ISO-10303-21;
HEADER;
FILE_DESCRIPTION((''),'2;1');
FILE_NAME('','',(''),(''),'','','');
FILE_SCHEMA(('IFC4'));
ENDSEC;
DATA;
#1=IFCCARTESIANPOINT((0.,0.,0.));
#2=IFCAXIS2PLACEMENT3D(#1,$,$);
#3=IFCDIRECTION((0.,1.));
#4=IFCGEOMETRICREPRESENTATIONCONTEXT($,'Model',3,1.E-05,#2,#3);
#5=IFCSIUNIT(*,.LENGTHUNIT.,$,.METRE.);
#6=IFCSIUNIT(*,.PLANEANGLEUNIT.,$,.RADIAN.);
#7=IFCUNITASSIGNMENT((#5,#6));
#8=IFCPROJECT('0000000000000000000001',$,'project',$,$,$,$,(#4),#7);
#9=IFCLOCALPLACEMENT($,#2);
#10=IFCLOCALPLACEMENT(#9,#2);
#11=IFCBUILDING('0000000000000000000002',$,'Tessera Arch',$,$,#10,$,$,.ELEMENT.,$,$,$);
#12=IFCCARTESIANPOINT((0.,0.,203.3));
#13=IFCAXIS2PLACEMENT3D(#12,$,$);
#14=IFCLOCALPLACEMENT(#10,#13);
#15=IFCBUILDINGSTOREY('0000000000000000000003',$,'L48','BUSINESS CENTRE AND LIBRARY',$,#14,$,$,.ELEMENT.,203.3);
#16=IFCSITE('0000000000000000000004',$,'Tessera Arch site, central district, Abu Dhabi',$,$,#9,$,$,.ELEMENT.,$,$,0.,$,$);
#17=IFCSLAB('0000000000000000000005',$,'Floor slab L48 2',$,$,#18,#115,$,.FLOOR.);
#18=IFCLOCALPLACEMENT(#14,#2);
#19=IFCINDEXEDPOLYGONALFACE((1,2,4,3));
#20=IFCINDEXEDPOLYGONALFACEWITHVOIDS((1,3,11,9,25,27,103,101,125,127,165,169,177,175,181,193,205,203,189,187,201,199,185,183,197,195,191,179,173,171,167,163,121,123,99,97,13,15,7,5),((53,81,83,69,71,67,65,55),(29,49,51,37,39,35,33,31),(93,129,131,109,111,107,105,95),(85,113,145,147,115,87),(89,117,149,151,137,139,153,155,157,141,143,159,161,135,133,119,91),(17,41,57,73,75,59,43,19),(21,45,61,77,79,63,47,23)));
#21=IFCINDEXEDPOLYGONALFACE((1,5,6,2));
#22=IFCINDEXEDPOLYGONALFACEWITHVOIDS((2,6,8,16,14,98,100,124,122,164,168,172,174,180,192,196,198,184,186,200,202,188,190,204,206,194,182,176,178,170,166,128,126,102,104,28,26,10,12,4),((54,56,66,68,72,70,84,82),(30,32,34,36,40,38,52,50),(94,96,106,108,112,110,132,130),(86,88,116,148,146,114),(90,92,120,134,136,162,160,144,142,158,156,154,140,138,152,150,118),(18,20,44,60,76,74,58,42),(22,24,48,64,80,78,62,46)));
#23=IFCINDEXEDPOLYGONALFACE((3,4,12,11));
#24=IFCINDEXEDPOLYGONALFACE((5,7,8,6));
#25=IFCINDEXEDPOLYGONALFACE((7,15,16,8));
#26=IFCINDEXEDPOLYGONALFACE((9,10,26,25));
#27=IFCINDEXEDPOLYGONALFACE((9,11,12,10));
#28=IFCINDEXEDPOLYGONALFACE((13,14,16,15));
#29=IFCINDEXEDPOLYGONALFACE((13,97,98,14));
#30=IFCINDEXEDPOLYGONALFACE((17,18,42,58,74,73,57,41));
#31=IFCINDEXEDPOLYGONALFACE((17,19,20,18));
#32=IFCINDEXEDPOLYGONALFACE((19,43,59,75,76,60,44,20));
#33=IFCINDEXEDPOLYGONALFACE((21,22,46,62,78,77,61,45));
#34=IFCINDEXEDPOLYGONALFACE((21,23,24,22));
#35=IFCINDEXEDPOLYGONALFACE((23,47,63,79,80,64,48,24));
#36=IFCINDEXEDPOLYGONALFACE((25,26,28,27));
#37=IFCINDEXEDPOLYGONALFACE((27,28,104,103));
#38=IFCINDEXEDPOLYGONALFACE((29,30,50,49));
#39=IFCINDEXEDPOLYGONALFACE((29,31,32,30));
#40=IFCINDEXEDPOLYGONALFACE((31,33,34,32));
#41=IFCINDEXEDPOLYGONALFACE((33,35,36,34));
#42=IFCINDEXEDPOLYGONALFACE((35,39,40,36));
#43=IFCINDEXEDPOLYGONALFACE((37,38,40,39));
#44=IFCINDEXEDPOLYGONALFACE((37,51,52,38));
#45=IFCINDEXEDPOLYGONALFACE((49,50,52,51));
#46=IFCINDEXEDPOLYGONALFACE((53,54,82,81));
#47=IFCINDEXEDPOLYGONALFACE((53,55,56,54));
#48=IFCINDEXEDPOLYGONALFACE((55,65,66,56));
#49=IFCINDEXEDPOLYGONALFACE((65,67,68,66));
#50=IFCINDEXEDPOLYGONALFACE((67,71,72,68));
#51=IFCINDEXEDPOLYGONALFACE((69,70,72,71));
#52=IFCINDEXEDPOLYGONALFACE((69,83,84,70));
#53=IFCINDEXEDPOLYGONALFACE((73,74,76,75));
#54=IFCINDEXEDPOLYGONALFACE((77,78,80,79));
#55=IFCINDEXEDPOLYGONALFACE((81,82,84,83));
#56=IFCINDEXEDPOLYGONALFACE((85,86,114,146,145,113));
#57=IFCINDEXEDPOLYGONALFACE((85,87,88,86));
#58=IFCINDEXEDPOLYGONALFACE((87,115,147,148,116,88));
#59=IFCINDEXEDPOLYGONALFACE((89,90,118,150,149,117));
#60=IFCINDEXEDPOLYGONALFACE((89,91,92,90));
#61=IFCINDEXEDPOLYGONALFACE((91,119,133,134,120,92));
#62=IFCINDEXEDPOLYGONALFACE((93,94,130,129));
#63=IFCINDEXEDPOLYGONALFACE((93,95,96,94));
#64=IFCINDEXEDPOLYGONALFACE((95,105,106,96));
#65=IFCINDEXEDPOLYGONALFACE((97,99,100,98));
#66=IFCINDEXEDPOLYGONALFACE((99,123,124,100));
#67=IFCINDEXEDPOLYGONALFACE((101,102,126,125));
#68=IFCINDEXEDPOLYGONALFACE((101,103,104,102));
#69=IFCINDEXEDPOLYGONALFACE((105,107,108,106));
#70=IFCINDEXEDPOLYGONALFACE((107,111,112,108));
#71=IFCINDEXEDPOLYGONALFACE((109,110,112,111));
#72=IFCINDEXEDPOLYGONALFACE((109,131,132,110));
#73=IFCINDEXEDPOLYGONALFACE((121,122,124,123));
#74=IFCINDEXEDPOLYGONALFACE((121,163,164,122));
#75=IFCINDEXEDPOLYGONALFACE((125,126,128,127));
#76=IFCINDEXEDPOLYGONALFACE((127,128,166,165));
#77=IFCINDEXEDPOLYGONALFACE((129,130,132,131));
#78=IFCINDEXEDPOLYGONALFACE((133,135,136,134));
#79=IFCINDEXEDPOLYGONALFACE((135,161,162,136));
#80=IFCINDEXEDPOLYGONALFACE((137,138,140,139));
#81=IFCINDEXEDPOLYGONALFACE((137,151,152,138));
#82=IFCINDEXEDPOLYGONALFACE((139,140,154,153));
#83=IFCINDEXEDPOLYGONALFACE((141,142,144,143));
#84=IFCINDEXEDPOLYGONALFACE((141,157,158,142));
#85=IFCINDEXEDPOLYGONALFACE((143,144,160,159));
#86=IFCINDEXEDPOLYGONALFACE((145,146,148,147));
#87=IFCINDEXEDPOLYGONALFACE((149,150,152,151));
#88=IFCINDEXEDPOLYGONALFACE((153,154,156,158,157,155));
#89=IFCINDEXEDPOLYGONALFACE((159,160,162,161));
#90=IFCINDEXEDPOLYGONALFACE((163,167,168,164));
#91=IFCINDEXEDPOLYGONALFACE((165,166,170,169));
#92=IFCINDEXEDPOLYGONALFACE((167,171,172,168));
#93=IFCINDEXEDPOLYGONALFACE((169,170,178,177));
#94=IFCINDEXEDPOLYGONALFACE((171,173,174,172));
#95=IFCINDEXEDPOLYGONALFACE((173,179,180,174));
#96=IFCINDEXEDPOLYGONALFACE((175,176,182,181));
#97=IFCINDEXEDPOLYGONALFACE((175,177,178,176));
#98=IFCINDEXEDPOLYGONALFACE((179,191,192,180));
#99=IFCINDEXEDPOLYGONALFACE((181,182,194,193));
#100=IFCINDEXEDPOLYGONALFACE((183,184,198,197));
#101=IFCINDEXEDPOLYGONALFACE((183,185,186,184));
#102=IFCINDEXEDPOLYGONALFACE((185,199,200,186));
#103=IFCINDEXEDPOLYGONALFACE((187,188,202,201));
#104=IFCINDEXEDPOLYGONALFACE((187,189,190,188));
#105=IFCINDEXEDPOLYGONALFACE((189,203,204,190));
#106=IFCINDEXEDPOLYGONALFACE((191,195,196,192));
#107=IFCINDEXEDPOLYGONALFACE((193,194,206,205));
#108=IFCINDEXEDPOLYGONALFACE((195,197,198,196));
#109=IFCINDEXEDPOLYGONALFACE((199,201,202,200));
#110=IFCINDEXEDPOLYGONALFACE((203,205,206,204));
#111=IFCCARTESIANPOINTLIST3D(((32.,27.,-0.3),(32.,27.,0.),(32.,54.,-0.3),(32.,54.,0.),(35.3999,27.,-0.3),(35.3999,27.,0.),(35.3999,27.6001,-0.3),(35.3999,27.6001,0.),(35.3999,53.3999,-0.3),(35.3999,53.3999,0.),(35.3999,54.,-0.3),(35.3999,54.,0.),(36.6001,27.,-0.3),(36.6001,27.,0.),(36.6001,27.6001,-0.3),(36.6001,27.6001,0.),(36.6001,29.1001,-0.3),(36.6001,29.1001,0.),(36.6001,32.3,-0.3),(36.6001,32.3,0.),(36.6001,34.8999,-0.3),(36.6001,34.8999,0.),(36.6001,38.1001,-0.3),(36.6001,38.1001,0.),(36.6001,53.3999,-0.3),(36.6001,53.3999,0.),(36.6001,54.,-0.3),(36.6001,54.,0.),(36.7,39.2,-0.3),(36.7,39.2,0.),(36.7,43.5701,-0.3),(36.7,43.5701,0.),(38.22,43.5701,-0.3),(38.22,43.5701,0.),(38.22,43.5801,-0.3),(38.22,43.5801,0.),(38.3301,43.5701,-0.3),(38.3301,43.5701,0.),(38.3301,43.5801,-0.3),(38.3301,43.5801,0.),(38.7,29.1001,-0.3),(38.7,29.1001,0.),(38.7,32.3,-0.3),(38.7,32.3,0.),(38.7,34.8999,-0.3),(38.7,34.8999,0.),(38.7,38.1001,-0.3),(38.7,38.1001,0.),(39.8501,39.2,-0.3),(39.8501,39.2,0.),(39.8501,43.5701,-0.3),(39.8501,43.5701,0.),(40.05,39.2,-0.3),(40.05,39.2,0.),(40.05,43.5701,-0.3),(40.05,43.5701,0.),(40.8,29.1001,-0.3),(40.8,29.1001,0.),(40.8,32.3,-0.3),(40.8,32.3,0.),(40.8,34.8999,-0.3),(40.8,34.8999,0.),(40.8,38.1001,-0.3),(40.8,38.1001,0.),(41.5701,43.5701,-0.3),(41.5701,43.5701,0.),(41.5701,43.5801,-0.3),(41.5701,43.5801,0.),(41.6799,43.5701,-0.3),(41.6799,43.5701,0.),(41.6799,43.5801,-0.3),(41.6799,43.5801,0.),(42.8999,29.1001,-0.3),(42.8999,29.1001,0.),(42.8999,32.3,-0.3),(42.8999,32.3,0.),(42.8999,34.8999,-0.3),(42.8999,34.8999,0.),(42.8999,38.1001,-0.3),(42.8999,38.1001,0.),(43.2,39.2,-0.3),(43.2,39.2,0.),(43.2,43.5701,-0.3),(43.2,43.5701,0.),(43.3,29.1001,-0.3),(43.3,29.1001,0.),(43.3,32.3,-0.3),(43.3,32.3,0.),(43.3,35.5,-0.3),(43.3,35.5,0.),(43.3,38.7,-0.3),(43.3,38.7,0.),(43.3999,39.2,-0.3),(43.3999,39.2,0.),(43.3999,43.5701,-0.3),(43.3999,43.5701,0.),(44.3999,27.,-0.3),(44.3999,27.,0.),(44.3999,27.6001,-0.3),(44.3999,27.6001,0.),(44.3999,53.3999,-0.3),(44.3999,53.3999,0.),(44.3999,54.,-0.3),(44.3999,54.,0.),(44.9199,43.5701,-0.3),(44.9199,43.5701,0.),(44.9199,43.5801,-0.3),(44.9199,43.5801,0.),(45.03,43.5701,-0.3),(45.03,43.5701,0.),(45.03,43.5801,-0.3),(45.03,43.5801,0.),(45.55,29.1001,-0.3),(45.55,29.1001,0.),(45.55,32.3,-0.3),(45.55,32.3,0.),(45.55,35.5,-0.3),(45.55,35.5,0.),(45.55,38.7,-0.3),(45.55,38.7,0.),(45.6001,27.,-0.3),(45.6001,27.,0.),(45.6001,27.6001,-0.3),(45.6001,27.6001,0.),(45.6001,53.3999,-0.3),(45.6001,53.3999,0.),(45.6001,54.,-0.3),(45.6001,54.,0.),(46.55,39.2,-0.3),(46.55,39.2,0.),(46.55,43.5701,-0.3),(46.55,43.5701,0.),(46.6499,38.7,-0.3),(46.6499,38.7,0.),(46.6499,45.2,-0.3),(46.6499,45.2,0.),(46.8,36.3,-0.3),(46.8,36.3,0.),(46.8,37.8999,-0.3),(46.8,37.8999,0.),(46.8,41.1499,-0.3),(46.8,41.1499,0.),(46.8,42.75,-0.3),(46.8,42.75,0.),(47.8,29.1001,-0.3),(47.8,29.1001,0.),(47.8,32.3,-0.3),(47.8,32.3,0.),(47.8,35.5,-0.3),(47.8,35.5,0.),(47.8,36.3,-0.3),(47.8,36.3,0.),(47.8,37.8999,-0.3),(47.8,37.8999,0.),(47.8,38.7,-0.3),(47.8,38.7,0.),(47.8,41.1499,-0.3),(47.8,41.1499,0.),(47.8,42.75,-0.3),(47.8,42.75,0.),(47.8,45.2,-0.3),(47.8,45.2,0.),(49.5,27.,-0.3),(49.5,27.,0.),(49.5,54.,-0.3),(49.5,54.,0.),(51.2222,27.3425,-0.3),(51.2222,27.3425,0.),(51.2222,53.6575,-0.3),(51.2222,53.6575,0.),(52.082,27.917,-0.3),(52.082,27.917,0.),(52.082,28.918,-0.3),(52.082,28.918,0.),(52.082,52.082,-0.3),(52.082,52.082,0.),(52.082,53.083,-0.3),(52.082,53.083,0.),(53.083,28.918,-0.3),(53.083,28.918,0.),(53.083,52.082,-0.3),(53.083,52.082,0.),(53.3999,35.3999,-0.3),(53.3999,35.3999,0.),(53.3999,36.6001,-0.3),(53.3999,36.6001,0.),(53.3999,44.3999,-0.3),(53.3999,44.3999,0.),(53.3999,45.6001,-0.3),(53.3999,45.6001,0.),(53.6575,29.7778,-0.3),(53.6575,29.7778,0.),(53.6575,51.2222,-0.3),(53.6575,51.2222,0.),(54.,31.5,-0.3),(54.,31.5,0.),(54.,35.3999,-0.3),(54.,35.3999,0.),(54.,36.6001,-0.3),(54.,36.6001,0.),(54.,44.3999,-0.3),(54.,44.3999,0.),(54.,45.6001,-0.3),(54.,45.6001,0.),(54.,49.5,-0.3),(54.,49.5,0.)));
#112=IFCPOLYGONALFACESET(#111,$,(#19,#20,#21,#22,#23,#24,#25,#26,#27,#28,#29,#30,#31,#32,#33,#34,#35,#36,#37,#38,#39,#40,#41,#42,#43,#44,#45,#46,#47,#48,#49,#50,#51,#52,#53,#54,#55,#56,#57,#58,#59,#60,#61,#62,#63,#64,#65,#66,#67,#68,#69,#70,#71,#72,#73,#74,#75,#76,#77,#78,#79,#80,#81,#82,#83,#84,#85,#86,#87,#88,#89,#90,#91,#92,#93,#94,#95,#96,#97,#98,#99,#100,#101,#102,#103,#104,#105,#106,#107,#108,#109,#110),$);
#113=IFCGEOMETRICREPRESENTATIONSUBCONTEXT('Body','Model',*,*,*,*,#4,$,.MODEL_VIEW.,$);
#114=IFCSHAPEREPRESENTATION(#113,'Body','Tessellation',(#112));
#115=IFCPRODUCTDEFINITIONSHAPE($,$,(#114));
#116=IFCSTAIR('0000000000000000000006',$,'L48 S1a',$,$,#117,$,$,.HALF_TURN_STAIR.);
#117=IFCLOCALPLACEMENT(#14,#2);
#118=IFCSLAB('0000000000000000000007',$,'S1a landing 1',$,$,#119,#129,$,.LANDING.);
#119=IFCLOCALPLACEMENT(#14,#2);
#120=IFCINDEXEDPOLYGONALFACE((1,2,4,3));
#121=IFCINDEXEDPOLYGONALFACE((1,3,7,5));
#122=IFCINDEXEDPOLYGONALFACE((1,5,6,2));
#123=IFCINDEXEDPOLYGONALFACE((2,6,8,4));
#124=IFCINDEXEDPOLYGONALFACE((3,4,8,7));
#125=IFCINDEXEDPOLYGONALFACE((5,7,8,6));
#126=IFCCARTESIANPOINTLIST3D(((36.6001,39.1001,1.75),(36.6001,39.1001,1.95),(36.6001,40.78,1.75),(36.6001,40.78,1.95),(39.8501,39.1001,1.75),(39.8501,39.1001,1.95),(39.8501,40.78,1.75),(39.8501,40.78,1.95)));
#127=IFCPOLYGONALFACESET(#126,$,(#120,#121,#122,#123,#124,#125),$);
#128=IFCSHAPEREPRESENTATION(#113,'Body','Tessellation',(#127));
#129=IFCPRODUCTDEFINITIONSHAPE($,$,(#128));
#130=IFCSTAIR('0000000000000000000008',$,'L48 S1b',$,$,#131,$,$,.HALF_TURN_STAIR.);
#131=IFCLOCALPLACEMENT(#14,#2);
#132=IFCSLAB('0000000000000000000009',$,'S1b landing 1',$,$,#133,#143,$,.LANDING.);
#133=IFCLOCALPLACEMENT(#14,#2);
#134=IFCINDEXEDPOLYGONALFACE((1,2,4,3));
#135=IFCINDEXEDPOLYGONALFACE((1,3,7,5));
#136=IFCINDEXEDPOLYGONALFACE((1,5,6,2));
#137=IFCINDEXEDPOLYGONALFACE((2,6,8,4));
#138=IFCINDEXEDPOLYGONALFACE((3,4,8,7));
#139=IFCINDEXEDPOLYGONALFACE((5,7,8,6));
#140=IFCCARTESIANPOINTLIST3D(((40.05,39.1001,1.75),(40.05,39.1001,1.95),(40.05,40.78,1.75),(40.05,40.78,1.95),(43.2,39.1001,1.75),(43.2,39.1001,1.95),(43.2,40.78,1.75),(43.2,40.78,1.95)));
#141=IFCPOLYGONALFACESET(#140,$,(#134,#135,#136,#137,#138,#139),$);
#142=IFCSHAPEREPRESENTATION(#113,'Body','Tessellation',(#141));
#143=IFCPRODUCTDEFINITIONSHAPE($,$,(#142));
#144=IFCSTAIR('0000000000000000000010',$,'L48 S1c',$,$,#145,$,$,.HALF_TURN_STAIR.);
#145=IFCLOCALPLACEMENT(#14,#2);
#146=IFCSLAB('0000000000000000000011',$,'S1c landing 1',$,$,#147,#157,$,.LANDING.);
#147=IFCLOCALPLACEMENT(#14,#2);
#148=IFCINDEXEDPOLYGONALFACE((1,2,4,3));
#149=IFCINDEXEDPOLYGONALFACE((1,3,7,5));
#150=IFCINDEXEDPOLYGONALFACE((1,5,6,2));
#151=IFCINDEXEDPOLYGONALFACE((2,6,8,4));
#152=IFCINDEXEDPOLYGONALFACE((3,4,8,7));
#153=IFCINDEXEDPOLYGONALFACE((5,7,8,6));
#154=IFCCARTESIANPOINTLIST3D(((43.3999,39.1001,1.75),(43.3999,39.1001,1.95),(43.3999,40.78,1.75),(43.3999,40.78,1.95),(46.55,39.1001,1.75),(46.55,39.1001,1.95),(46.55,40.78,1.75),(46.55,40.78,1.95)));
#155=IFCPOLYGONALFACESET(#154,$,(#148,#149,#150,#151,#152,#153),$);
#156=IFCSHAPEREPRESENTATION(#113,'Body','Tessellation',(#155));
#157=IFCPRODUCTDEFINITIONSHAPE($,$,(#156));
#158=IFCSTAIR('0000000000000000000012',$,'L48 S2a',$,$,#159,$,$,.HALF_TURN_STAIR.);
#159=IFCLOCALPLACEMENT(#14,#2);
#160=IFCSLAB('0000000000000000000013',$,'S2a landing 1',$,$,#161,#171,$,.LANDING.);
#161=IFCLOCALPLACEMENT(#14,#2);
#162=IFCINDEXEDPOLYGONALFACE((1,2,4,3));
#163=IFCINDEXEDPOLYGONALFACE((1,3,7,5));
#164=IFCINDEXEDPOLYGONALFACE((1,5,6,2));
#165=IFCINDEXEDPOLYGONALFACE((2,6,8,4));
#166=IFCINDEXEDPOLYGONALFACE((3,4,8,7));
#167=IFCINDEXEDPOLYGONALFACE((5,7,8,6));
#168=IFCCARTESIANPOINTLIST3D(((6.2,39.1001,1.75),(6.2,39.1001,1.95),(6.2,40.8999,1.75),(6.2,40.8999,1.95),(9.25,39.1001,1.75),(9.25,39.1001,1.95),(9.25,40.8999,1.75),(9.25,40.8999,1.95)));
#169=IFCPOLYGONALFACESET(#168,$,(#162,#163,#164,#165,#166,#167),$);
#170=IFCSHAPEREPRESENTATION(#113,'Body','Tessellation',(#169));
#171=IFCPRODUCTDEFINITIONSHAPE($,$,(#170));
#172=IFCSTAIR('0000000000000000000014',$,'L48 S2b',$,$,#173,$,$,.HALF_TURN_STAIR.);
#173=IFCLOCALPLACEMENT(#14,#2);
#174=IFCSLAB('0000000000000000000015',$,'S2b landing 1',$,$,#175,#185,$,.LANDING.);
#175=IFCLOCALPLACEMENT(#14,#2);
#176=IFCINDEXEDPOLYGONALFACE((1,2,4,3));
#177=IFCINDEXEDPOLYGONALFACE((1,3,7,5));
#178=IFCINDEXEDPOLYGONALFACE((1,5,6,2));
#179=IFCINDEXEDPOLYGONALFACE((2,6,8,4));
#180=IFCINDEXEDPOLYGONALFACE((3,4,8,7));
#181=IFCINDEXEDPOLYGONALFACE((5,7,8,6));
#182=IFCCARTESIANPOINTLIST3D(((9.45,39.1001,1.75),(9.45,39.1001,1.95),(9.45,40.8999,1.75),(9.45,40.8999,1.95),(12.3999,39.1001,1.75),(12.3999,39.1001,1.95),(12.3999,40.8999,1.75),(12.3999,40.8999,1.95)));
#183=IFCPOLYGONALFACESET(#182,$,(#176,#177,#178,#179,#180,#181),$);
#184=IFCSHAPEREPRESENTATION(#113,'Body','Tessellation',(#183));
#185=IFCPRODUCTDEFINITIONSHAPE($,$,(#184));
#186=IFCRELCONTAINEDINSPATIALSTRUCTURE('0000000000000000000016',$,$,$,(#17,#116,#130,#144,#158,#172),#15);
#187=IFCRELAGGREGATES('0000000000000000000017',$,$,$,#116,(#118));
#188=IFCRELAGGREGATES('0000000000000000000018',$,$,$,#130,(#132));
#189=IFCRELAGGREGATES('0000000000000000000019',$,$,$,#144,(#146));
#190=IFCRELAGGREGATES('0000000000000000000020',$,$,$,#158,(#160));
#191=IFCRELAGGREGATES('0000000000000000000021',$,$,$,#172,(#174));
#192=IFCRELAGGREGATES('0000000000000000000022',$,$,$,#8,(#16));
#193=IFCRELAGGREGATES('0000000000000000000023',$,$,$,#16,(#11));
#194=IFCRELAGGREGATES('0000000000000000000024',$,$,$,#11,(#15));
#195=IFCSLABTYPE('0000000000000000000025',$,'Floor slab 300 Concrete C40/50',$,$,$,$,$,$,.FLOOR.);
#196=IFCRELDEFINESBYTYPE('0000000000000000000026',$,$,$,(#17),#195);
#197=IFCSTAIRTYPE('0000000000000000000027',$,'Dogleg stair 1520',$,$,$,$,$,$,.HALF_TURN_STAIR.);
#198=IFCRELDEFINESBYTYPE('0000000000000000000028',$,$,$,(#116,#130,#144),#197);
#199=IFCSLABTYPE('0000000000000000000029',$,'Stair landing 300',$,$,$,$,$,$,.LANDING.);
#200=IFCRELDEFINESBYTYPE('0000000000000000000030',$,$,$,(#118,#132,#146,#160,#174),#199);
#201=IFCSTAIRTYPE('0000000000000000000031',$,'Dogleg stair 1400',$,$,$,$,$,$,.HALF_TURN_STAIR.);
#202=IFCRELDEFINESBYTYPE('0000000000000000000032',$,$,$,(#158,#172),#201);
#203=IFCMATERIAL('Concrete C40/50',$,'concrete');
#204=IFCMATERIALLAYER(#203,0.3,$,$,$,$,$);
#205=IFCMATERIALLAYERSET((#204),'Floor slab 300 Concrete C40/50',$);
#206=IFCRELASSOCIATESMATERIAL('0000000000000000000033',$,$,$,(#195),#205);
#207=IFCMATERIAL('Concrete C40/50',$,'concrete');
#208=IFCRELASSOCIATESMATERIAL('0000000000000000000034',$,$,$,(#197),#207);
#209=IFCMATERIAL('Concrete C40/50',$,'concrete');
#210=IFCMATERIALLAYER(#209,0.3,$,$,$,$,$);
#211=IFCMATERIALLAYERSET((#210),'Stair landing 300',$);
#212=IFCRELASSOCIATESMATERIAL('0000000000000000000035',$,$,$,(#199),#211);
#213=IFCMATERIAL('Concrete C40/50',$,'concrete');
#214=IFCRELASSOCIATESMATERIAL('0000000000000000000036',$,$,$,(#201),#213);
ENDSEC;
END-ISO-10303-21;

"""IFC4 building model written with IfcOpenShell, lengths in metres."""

from ifc_helpers import new_model, si_unit, direction, frame, origin, place, context, subcontext, project, spatial, polyline, outline, extrude, material, layer, layer_set, type_object, element, aggregate, save


model = new_model("IFC4")

# Units and contexts
model_context = context("Model", 3, precision=1e-05, world=origin(), true_north=direction((0.0, 1.0)))
body_context = subcontext(model_context, "Body", "Model", "MODEL_VIEW")
ifc_project = project(units=[si_unit("LENGTHUNIT", "METRE"), si_unit("PLANEANGLEUNIT", "RADIAN")], contexts=[model_context])

# Site, building, storey
site_placement = place(None, origin())
site = spatial("IfcSite", under=ifc_project, at=site_placement, Name="Tessera Arch site, central district, Abu Dhabi", CompositionType="ELEMENT", RefElevation=0.0)
building_placement = place(site_placement, origin())
building = spatial("IfcBuilding", under=site, at=building_placement, Name="Tessera Arch", CompositionType="ELEMENT")
storey_placement = place(building_placement, frame((0.0, 0.0, 203.3)))
storey = spatial("IfcBuildingStorey", under=building, at=storey_placement, Name="L48", Description="BUSINESS CENTRE AND LIBRARY", CompositionType="ELEMENT", Elevation=203.3)

# Slab
ifc_material_1 = material(Name="Concrete C40/50", Category="concrete")
ifc_layer_1 = layer(ifc_material_1, 0.3)
ifc_layer_set_1 = layer_set([ifc_layer_1], Name="Floor slab 300 Concrete C40/50")
slab_type_1 = type_object("IfcSlabType", Name="Floor slab 300 Concrete C40/50", PredefinedType="FLOOR", material=ifc_layer_set_1)
slab_1_placement = place(storey_placement, frame((0.0, 0.0, -0.3)))
element("IfcSlab", 1, at=slab_1_placement, inside=storey, type_object=slab_type_1, Name="Floor slab L48 2", PredefinedType="FLOOR", context=body_context, shape_type="SweptSolid", body=[
    extrude(outline(polyline([(51.2222, 53.6575), (52.082, 53.083), (52.082, 52.082), (53.083, 52.082), (53.6575, 51.2222), (54.0, 49.5), (54.0, 45.6001), (53.3999, 45.6001), (53.3999, 44.3999), (54.0, 44.3999), (54.0, 36.6001), (53.3999, 36.6001), (53.3999, 35.3999), (54.0, 35.3999), (54.0, 31.5), (53.6575, 29.7778), (53.083, 28.918), (52.082, 28.918), (52.082, 27.917), (51.2222, 27.3425), (49.5, 27.0), (45.6001, 27.0), (45.6001, 27.6001), (44.3999, 27.6001), (44.3999, 27.0), (36.6001, 27.0), (36.6001, 27.6001), (35.3999, 27.6001), (35.3999, 27.0), (32.0, 27.0), (32.0, 54.0), (35.3999, 54.0), (35.3999, 53.3999), (36.6001, 53.3999), (36.6001, 54.0), (44.3999, 54.0), (44.3999, 53.3999), (45.6001, 53.3999), (45.6001, 54.0), (49.5, 54.0), (51.2222, 53.6575)]), holes=[polyline([(36.6001, 29.1001), (38.7, 29.1001), (40.8, 29.1001), (42.8999, 29.1001), (42.8999, 32.3), (40.8, 32.3), (38.7, 32.3), (36.6001, 32.3), (36.6001, 29.1001)]), polyline([(47.8, 32.3), (45.55, 32.3), (43.3, 32.3), (43.3, 29.1001), (45.55, 29.1001), (47.8, 29.1001), (47.8, 32.3)]), polyline([(42.8999, 34.8999), (42.8999, 38.1001), (40.8, 38.1001), (38.7, 38.1001), (36.6001, 38.1001), (36.6001, 34.8999), (38.7, 34.8999), (40.8, 34.8999), (42.8999, 34.8999)]), polyline([(47.8, 41.1499), (46.8, 41.1499), (46.8, 42.75), (47.8, 42.75), (47.8, 45.2), (46.6499, 45.2), (46.6499, 38.7), (45.55, 38.7), (43.3, 38.7), (43.3, 35.5), (45.55, 35.5), (47.8, 35.5), (47.8, 36.3), (46.8, 36.3), (46.8, 37.8999), (47.8, 37.8999), (47.8, 38.7), (47.8, 41.1499)]), polyline([(36.7, 43.5701), (36.7, 39.2), (39.8501, 39.2), (39.8501, 43.5701), (38.3301, 43.5701), (38.3301, 43.5801), (38.22, 43.5801), (38.22, 43.5701), (36.7, 43.5701)]), polyline([(40.05, 39.2), (43.2, 39.2), (43.2, 43.5701), (41.6799, 43.5701), (41.6799, 43.5801), (41.5701, 43.5801), (41.5701, 43.5701), (40.05, 43.5701), (40.05, 39.2)]), polyline([(43.3999, 43.5701), (43.3999, 39.2), (46.55, 39.2), (46.55, 43.5701), (45.03, 43.5701), (45.03, 43.5801), (44.9199, 43.5801), (44.9199, 43.5701), (43.3999, 43.5701)])]), origin(), (0.0, 0.0, 1.0), 0.3),
])

# Stairs, slabs
ifc_material_2 = material(Name="Concrete C40/50", Category="concrete")
stair_type_1 = type_object("IfcStairType", Name="Dogleg stair 1520", PredefinedType="HALF_TURN_STAIR", material=ifc_material_2)
stair_1_placement = place(storey_placement, origin())
stair_1 = element("IfcStair", 2, at=stair_1_placement, inside=storey, type_object=stair_type_1, Name="L48 S1a", PredefinedType="HALF_TURN_STAIR")
ifc_material_3 = material(Name="Concrete C40/50", Category="concrete")
ifc_layer_2 = layer(ifc_material_3, 0.3)
ifc_layer_set_2 = layer_set([ifc_layer_2], Name="Stair landing 300")
slab_type_2 = type_object("IfcSlabType", Name="Stair landing 300", PredefinedType="LANDING", material=ifc_layer_set_2)
slab_2_placement = place(storey_placement, frame((0.0, 0.0, 1.75)))
slab_2 = element("IfcSlab", 3, at=slab_2_placement, type_object=slab_type_2, Name="S1a landing 1", PredefinedType="LANDING", context=body_context, shape_type="SweptSolid", body=[
    extrude(outline(polyline([(36.6001, 40.78), (36.6001, 39.1001), (39.8501, 39.1001), (39.8501, 40.78), (36.6001, 40.78)])), origin(), (0.0, 0.0, 1.0), 0.2),
])
aggregate(stair_1, [slab_2])
stair_2_placement = place(storey_placement, origin())
stair_2 = element("IfcStair", 4, at=stair_2_placement, inside=storey, type_object=stair_type_1, Name="L48 S1b", PredefinedType="HALF_TURN_STAIR")
slab_3_placement = place(storey_placement, frame((0.0, 0.0, 1.75)))
slab_3 = element("IfcSlab", 5, at=slab_3_placement, type_object=slab_type_2, Name="S1b landing 1", PredefinedType="LANDING", context=body_context, shape_type="SweptSolid", body=[
    extrude(outline(polyline([(40.05, 40.78), (40.05, 39.1001), (43.2, 39.1001), (43.2, 40.78), (40.05, 40.78)])), origin(), (0.0, 0.0, 1.0), 0.2),
])
aggregate(stair_2, [slab_3])
stair_3_placement = place(storey_placement, origin())
stair_3 = element("IfcStair", 6, at=stair_3_placement, inside=storey, type_object=stair_type_1, Name="L48 S1c", PredefinedType="HALF_TURN_STAIR")
slab_4_placement = place(storey_placement, frame((0.0, 0.0, 1.75)))
slab_4 = element("IfcSlab", 7, at=slab_4_placement, type_object=slab_type_2, Name="S1c landing 1", PredefinedType="LANDING", context=body_context, shape_type="SweptSolid", body=[
    extrude(outline(polyline([(43.3999, 40.78), (43.3999, 39.1001), (46.55, 39.1001), (46.55, 40.78), (43.3999, 40.78)])), origin(), (0.0, 0.0, 1.0), 0.2),
])
aggregate(stair_3, [slab_4])
ifc_material_4 = material(Name="Concrete C40/50", Category="concrete")
stair_type_2 = type_object("IfcStairType", Name="Dogleg stair 1400", PredefinedType="HALF_TURN_STAIR", material=ifc_material_4)
stair_4_placement = place(storey_placement, origin())
stair_4 = element("IfcStair", 8, at=stair_4_placement, inside=storey, type_object=stair_type_2, Name="L48 S2a", PredefinedType="HALF_TURN_STAIR")
slab_5_placement = place(storey_placement, frame((0.0, 0.0, 1.75)))
slab_5 = element("IfcSlab", 9, at=slab_5_placement, type_object=slab_type_2, Name="S2a landing 1", PredefinedType="LANDING", context=body_context, shape_type="SweptSolid", body=[
    extrude(outline(polyline([(6.2, 40.8999), (6.2, 39.1001), (9.25, 39.1001), (9.25, 40.8999), (6.2, 40.8999)])), origin(), (0.0, 0.0, 1.0), 0.2),
])
aggregate(stair_4, [slab_5])
stair_5_placement = place(storey_placement, origin())
stair_5 = element("IfcStair", 10, at=stair_5_placement, inside=storey, type_object=stair_type_2, Name="L48 S2b", PredefinedType="HALF_TURN_STAIR")
slab_6_placement = place(storey_placement, frame((0.0, 0.0, 1.75)))
slab_6 = element("IfcSlab", 11, at=slab_6_placement, type_object=slab_type_2, Name="S2b landing 1", PredefinedType="LANDING", context=body_context, shape_type="SweptSolid", body=[
    extrude(outline(polyline([(9.45, 40.8999), (9.45, 39.1001), (12.3999, 39.1001), (12.3999, 40.8999), (9.45, 40.8999)])), origin(), (0.0, 0.0, 1.0), 0.2),
])
aggregate(stair_5, [slab_6])

save(model, "model.ifc")
